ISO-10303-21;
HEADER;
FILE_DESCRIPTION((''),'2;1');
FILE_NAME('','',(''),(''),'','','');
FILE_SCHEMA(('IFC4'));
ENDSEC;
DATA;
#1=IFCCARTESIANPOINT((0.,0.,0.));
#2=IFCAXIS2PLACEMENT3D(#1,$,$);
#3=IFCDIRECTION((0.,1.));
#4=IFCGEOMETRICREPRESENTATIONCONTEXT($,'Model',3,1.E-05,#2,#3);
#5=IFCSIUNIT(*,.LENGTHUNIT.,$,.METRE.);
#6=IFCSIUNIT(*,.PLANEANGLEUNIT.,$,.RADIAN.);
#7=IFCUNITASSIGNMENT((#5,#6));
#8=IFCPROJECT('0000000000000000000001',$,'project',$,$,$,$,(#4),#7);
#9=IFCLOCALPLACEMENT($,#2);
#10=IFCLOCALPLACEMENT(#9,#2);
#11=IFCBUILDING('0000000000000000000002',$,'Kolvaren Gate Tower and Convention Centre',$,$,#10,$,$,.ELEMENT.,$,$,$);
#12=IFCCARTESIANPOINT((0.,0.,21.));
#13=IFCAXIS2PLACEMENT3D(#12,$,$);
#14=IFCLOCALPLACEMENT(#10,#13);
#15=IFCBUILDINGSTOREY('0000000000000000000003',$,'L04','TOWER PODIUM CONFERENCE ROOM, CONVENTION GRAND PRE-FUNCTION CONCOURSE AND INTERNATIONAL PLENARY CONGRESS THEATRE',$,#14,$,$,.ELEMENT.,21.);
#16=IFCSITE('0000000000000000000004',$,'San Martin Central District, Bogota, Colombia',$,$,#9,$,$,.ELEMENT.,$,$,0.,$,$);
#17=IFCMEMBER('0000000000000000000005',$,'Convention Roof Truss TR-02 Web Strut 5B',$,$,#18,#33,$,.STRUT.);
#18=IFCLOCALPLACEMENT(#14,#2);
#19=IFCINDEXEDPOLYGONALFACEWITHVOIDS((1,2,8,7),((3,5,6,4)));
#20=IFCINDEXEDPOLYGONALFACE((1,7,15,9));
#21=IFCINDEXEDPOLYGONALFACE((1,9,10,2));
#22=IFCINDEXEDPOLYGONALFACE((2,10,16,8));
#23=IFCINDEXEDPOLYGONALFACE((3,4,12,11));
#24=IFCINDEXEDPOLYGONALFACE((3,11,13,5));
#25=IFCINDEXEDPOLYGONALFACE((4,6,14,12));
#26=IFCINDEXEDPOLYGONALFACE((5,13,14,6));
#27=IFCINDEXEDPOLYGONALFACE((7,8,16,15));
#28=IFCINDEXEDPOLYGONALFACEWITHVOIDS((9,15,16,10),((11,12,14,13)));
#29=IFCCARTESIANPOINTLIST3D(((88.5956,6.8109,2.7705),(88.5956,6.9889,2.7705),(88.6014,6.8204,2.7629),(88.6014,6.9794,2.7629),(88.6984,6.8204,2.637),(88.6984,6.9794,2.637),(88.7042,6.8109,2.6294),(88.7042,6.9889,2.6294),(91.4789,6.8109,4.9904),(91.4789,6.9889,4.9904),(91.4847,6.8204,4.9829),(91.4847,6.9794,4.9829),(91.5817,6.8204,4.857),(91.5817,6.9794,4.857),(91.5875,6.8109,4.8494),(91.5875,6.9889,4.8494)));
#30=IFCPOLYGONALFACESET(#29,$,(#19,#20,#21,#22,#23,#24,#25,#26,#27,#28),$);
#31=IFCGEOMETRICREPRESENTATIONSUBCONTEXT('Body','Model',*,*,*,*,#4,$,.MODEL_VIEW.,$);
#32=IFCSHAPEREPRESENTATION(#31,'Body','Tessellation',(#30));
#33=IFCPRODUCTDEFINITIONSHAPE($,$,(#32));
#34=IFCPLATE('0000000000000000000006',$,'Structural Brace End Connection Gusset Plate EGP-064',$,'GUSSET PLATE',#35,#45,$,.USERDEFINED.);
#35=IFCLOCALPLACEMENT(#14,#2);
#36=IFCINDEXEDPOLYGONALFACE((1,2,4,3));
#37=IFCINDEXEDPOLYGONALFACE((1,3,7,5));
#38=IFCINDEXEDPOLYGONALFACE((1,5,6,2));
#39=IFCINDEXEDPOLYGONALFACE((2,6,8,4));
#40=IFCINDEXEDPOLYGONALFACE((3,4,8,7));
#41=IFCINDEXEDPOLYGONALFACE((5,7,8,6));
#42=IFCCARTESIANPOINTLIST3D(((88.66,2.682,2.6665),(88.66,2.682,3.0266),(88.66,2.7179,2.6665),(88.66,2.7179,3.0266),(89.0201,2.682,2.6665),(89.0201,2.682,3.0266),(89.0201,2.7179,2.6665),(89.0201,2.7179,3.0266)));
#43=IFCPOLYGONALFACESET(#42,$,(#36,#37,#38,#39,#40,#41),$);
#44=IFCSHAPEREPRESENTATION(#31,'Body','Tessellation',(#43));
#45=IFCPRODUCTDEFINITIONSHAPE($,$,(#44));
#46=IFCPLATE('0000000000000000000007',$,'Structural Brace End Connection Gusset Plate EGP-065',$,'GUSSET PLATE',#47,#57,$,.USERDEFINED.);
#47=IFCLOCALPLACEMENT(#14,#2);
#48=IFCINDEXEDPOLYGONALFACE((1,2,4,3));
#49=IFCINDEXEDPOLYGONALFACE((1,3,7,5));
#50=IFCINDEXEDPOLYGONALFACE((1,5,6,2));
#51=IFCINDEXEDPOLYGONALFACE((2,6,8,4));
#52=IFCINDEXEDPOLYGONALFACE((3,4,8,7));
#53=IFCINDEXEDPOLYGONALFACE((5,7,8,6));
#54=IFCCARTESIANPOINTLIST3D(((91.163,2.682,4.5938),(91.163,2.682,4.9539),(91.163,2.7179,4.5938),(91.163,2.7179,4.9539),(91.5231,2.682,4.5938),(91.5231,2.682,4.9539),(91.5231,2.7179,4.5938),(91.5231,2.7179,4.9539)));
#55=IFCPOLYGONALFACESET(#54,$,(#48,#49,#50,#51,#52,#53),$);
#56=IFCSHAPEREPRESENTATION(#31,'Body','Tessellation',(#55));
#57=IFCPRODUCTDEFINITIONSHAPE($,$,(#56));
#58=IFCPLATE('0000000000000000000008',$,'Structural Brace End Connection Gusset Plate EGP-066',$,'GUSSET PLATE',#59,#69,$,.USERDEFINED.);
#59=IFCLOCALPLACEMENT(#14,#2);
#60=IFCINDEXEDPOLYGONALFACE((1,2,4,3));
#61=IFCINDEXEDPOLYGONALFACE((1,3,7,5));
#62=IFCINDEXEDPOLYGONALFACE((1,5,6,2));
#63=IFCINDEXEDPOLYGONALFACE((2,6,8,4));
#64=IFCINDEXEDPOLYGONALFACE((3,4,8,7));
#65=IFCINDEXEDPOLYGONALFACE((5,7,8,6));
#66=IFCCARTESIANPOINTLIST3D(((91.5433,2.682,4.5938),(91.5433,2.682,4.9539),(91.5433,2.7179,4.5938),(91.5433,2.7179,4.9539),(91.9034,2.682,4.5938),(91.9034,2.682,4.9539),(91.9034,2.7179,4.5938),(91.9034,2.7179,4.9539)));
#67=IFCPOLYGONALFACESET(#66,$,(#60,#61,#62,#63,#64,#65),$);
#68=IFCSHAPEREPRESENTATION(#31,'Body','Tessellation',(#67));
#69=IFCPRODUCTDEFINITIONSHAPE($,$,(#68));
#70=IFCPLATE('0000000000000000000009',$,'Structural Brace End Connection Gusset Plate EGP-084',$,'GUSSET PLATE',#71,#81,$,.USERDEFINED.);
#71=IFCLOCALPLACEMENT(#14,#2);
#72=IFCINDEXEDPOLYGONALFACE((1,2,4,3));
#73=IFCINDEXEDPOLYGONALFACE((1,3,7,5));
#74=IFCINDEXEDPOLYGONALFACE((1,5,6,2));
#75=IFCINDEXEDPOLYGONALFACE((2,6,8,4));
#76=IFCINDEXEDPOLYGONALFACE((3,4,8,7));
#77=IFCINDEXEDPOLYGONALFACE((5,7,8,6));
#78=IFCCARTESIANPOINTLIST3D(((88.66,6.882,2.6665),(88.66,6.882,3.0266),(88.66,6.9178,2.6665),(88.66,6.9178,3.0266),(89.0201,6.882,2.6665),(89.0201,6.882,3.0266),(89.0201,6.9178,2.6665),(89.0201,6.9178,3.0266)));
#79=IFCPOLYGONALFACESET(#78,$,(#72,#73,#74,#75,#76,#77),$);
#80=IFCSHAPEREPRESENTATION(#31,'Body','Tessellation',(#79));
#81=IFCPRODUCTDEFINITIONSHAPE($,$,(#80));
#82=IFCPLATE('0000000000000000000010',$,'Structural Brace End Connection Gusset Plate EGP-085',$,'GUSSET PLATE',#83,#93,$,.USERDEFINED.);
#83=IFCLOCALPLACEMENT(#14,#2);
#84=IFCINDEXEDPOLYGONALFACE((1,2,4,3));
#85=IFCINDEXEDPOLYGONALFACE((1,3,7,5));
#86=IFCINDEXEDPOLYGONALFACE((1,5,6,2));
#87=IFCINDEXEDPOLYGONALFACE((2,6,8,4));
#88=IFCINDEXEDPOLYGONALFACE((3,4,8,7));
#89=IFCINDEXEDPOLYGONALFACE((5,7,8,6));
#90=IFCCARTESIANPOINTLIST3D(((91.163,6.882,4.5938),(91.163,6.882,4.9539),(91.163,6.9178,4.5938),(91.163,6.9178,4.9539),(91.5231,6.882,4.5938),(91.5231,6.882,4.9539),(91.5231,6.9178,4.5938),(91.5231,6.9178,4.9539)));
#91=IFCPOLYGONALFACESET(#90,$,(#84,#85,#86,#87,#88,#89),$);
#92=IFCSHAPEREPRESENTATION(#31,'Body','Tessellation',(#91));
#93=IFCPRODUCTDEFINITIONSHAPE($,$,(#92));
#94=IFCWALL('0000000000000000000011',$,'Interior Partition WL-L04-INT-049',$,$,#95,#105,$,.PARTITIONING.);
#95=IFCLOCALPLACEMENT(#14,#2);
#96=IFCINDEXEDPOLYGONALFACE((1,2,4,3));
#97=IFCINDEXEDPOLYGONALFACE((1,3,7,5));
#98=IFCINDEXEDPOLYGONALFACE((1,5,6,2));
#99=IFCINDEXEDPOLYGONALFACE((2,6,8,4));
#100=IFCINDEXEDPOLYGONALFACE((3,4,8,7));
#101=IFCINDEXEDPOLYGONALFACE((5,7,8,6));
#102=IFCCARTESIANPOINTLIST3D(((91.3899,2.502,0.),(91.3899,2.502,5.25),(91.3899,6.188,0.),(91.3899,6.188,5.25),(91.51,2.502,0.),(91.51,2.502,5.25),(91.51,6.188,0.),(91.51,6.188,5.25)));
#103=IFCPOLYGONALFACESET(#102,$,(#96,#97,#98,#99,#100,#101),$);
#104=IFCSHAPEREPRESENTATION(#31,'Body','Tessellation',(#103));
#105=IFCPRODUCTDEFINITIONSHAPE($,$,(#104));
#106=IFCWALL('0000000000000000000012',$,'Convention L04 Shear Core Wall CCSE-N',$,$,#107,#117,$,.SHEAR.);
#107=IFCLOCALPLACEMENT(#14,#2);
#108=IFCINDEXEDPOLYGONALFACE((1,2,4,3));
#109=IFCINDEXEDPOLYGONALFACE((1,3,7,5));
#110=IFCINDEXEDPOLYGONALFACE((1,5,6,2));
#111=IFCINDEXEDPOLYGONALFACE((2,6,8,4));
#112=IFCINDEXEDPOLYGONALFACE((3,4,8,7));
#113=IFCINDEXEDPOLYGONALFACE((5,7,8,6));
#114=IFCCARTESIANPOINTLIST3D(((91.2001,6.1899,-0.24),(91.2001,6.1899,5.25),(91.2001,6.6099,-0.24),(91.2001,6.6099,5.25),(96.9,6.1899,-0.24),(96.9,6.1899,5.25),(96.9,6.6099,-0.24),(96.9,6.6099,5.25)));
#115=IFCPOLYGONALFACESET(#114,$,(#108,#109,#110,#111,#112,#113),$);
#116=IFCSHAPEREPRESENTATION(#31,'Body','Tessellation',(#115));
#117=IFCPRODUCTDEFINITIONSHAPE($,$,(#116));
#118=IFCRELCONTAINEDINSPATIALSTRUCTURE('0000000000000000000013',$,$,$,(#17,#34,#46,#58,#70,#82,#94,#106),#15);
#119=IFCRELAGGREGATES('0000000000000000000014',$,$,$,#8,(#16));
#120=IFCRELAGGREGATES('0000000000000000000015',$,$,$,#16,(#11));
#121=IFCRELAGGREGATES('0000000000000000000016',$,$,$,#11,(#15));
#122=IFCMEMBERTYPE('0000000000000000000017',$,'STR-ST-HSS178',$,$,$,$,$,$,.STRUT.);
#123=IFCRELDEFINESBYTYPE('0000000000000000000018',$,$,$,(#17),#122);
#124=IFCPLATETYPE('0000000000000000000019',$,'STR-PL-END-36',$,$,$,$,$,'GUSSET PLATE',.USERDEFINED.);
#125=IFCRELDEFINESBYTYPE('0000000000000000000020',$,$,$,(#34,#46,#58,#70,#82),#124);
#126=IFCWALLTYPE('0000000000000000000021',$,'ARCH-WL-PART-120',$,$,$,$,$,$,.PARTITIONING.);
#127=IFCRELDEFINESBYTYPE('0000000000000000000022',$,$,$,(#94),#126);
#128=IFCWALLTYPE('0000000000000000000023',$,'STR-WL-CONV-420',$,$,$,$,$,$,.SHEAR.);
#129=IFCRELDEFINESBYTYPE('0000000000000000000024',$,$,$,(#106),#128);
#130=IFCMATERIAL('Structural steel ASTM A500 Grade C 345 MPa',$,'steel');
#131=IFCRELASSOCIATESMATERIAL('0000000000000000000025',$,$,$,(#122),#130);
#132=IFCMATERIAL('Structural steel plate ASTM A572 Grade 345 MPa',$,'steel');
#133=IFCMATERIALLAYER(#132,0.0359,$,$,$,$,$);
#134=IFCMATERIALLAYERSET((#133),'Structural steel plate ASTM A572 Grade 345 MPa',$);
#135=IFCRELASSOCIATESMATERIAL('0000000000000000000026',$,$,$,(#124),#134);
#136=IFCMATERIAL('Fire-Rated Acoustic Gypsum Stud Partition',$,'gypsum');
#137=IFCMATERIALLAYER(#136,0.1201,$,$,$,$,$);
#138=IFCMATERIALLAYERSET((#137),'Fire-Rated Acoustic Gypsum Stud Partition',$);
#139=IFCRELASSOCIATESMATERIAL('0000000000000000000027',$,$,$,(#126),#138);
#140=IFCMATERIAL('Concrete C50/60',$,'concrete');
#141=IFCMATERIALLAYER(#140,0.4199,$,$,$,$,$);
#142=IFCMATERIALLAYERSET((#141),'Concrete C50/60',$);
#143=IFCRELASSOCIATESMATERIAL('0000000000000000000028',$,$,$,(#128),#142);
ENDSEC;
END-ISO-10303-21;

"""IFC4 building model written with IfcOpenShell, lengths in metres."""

from ifc_helpers import new_model, si_unit, direction, frame, frame_2d, origin, origin_2d, place, context, subcontext, project, spatial, rectangle, hollow_rectangle, extrude, material, layer, layer_set, material_profile, profile_set, type_object, element, save


model = new_model("IFC4")

# Units and contexts
model_context = context("Model", 3, precision=1e-05, world=origin(), true_north=direction((0.0, 1.0)))
body_context = subcontext(model_context, "Body", "Model", "MODEL_VIEW")
ifc_project = project(units=[si_unit("LENGTHUNIT", "METRE"), si_unit("PLANEANGLEUNIT", "RADIAN")], contexts=[model_context])

# Site, building, storey
site_placement = place(None, origin())
site = spatial("IfcSite", under=ifc_project, at=site_placement, Name="San Martin Central District, Bogota, Colombia", CompositionType="ELEMENT", RefElevation=0.0)
building_placement = place(site_placement, origin())
building = spatial("IfcBuilding", under=site, at=building_placement, Name="Kolvaren Gate Tower and Convention Centre", CompositionType="ELEMENT")
storey_placement = place(building_placement, frame((0.0, 0.0, 21.0)))
storey = spatial("IfcBuildingStorey", under=building, at=storey_placement, Name="L04", Description="TOWER PODIUM CONFERENCE ROOM, CONVENTION GRAND PRE-FUNCTION CONCOURSE AND INTERNATIONAL PLENARY CONGRESS THEATRE", CompositionType="ELEMENT", Elevation=21.0)

# Member
ifc_material_1 = material(Name="Structural steel ASTM A500 Grade C 345 MPa", Category="steel")
ifc_material_profile_1 = material_profile(ifc_material_1, hollow_rectangle(XDim=0.178, YDim=0.178, WallThickness=0.0095, at=origin_2d()), Name="HSS178X178X9.5")
ifc_profile_set_1 = profile_set([ifc_material_profile_1], Name="Structural steel ASTM A500 Grade C 345 MPa")
member_type_1 = type_object("IfcMemberType", Name="STR-ST-HSS178", PredefinedType="STRUT", material=ifc_profile_set_1)
member_1_placement = place(storey_placement, frame((88.6499, 6.8999, 2.7), z_axis=(0.792352, 0.0, 0.610064), x_axis=(0.0, 1.0, 0.0)))
element("IfcMember", 1, at=member_1_placement, inside=storey, type_object=member_type_1, Name="Convention Roof Truss TR-02 Web Strut 5B", PredefinedType="STRUT", context=body_context, shape_type="SweptSolid", body=[
    extrude(hollow_rectangle(XDim=0.178, YDim=0.178, WallThickness=0.0095, at=origin_2d()), origin(), (0.0, 0.0, 1.0), 3.6389),
])

# Plates
ifc_material_2 = material(Name="Structural steel plate ASTM A572 Grade 345 MPa", Category="steel")
ifc_layer_1 = layer(ifc_material_2, 0.0359)
ifc_layer_set_1 = layer_set([ifc_layer_1], Name="Structural steel plate ASTM A572 Grade 345 MPa")
plate_type = type_object("IfcPlateType", Name="STR-PL-END-36", ElementType="GUSSET PLATE", PredefinedType="USERDEFINED", material=ifc_layer_set_1)
for number, where, z_axis, x_axis, name in (
    (2, (88.8401, 2.7, 2.6665), (0.0, 0.0, 1.0), (1.0, 0.0, 0.0), "Structural Brace End Connection Gusset Plate EGP-064"),
    (3, (91.343, 2.7, 4.5938), (0.0, 0.0, 1.0), (1.0, 0.0, 0.0), "Structural Brace End Connection Gusset Plate EGP-065"),
    (4, (91.7234, 2.7, 4.5938), (0.0, 0.0, 1.0), (1.0, 0.0, 0.0), "Structural Brace End Connection Gusset Plate EGP-066"),
    (5, (88.8401, 6.8999, 2.6665), (0.0, 0.0, 1.0), (1.0, 0.0, 0.0), "Structural Brace End Connection Gusset Plate EGP-084"),
    (6, (91.343, 6.8999, 4.5938), (0.0, 0.0, 1.0), (1.0, 0.0, 0.0), "Structural Brace End Connection Gusset Plate EGP-085"),
):
    element("IfcPlate", number, at=place(storey_placement, frame(where, z_axis=z_axis, x_axis=x_axis)), inside=storey, type_object=plate_type, Name=name, ObjectType="GUSSET PLATE", PredefinedType="USERDEFINED", context=body_context, shape_type="SweptSolid", body=[
        extrude(rectangle(XDim=0.3601, YDim=0.0359, at=origin_2d()), origin(), (0.0, 0.0, 1.0), 0.3601),
    ])

# Walls
ifc_material_3 = material(Name="Fire-Rated Acoustic Gypsum Stud Partition", Category="gypsum")
ifc_layer_2 = layer(ifc_material_3, 0.1201)
ifc_layer_set_2 = layer_set([ifc_layer_2], Name="Fire-Rated Acoustic Gypsum Stud Partition")
wall_type_1 = type_object("IfcWallType", Name="ARCH-WL-PART-120", PredefinedType="PARTITIONING", material=ifc_layer_set_2)
wall_1_placement = place(storey_placement, frame((91.45, 2.502, 0.0), z_axis=(0.0, 0.0, 1.0), x_axis=(0.0, 1.0, 0.0)))
element("IfcWall", 7, at=wall_1_placement, inside=storey, type_object=wall_type_1, Name="Interior Partition WL-L04-INT-049", PredefinedType="PARTITIONING", context=body_context, shape_type="SweptSolid", body=[
    extrude(rectangle(XDim=3.686, YDim=0.1201, at=frame_2d((1.843, 0.0))), origin(), (0.0, 0.0, 1.0), 5.25),
])
ifc_material_4 = material(Name="Concrete C50/60", Category="concrete")
ifc_layer_3 = layer(ifc_material_4, 0.4199)
ifc_layer_set_3 = layer_set([ifc_layer_3], Name="Concrete C50/60")
wall_type_2 = type_object("IfcWallType", Name="STR-WL-CONV-420", PredefinedType="SHEAR", material=ifc_layer_set_3)
wall_2_placement = place(storey_placement, frame((91.2, 6.3999, -0.24), z_axis=(0.0, 0.0, 1.0), x_axis=(1.0, 0.0, 0.0)))
element("IfcWall", 8, at=wall_2_placement, inside=storey, type_object=wall_type_2, Name="Convention L04 Shear Core Wall CCSE-N", PredefinedType="SHEAR", context=body_context, shape_type="SweptSolid", body=[
    extrude(rectangle(XDim=5.7, YDim=0.4199, at=frame_2d((2.8501, 0.0))), origin(), (0.0, 0.0, 1.0), 5.49),
])

save(model, "model.ifc")
